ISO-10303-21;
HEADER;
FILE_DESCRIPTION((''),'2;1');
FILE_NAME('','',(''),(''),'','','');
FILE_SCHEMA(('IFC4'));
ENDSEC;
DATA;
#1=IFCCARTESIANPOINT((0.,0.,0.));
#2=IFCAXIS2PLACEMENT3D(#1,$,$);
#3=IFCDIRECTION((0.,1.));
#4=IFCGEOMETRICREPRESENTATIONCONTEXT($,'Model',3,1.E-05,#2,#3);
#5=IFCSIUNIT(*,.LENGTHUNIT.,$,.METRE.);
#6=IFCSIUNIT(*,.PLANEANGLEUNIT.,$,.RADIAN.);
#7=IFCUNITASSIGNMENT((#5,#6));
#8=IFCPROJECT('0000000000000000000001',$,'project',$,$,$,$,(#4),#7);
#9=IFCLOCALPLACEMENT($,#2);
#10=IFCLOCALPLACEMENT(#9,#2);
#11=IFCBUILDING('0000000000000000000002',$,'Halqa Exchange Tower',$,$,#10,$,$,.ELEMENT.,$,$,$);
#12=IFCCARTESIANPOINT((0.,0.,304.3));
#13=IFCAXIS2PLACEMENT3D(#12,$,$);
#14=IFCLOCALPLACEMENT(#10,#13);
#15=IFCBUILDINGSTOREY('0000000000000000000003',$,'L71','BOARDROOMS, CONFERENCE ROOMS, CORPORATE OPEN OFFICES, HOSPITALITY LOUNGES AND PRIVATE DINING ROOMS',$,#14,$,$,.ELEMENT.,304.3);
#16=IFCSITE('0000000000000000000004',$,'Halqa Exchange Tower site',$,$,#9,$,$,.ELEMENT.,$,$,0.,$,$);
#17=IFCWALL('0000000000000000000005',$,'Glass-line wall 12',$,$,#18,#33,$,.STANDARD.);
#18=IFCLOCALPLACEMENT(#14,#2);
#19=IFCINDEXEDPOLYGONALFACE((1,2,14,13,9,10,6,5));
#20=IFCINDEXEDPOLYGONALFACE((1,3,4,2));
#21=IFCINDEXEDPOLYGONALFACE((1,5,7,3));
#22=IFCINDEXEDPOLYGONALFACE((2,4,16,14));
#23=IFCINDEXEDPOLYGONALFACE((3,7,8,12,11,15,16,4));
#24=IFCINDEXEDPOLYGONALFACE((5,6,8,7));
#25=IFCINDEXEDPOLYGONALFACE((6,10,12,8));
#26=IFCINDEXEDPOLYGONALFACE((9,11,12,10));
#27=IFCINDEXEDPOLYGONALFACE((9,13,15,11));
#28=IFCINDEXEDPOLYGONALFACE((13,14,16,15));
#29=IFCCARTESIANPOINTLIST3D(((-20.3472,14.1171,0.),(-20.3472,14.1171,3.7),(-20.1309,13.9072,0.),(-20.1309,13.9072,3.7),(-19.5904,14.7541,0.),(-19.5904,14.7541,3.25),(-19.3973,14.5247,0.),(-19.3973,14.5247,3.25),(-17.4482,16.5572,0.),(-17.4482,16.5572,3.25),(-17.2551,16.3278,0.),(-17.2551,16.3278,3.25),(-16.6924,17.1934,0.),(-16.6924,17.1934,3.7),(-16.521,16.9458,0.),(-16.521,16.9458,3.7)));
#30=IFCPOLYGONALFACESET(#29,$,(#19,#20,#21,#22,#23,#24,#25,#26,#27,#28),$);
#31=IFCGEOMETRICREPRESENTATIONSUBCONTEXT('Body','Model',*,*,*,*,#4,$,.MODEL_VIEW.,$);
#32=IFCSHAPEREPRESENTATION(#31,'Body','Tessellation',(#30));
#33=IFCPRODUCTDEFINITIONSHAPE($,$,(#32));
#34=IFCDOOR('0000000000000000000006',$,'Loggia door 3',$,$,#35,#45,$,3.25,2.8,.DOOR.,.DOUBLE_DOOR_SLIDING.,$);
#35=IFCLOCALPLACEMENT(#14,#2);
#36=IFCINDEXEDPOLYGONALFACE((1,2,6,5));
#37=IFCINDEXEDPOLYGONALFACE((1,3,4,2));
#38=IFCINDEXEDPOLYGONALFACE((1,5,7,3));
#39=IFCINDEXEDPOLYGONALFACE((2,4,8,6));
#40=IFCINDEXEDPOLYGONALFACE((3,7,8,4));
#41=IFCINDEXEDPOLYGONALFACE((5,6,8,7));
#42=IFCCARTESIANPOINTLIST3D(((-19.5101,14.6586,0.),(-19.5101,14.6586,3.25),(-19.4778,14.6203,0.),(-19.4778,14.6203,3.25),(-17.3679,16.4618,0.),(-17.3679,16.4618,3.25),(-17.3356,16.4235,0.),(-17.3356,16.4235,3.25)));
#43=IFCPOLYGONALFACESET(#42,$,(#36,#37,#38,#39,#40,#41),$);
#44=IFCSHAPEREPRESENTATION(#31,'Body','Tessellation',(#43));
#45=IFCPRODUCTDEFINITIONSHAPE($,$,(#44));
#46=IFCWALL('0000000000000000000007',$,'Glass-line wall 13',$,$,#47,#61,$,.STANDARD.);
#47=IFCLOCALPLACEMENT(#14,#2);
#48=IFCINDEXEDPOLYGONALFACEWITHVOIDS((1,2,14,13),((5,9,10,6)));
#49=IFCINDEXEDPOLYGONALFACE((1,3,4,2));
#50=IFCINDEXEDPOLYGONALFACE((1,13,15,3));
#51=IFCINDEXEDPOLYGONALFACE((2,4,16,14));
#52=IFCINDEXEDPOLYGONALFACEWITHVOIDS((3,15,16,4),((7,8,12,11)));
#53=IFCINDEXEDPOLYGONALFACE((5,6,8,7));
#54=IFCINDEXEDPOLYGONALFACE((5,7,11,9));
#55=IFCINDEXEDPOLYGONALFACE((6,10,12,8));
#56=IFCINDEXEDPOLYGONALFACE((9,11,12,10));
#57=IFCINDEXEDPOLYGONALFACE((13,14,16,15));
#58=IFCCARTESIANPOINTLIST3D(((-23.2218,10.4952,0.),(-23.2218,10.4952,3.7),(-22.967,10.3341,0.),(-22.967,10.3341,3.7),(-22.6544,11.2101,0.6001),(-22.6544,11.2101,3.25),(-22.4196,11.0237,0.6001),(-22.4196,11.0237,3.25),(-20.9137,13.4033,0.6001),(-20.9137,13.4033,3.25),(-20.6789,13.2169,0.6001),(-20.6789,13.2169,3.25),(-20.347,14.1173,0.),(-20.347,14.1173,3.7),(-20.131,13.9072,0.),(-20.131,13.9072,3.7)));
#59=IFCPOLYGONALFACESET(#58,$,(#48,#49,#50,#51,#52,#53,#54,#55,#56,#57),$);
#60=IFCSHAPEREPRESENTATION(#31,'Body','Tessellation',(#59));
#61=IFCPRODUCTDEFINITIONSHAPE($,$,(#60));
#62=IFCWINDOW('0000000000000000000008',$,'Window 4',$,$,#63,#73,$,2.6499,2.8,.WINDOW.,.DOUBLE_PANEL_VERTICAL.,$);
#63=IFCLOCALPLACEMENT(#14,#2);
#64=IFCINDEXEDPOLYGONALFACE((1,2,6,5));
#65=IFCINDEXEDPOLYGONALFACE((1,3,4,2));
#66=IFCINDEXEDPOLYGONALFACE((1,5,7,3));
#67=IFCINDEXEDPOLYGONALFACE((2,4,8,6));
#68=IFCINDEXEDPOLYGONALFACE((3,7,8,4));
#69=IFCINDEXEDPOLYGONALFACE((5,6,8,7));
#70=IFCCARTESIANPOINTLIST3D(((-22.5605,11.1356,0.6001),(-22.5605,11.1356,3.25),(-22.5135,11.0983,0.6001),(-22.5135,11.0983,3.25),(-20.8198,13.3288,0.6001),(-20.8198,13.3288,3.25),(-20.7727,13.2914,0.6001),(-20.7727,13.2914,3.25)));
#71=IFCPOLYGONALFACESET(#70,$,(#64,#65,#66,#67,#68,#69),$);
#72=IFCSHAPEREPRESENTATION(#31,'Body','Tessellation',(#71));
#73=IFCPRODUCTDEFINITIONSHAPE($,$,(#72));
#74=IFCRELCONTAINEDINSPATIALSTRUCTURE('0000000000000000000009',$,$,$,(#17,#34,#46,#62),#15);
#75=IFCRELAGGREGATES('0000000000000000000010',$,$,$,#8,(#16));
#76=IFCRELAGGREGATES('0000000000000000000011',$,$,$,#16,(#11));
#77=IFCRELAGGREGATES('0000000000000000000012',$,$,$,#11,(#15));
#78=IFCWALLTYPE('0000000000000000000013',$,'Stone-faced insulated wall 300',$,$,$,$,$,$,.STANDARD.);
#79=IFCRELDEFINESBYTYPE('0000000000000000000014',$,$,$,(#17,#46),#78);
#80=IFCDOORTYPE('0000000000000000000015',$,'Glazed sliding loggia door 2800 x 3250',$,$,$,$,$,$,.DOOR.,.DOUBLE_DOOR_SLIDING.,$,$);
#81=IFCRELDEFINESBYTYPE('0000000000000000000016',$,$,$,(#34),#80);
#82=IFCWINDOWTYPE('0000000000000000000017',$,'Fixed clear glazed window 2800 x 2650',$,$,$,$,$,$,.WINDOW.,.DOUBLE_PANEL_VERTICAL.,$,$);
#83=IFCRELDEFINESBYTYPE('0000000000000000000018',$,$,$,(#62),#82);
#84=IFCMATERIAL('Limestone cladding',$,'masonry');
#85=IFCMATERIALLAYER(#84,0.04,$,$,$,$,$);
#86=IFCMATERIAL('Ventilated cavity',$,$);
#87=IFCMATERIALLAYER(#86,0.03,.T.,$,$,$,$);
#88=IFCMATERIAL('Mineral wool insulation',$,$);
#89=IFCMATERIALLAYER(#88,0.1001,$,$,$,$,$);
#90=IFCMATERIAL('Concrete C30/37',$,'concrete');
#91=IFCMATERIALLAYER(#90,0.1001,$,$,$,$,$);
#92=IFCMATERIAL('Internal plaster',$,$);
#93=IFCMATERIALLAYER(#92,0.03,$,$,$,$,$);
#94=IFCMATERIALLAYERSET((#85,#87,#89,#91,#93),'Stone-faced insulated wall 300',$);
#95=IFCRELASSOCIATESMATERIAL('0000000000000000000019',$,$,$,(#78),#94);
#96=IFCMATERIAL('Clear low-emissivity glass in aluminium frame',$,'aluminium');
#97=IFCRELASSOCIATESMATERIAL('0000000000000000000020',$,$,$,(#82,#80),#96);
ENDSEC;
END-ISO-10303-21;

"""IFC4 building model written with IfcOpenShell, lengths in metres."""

from ifc_helpers import new_model, si_unit, direction, frame, frame_2d, origin, place, context, subcontext, project, spatial, polyline, rectangle, outline, extrude, material, layer, layer_set, type_object, element, fill, save


model = new_model("IFC4")

# Units and contexts
model_context = context("Model", 3, precision=1e-05, world=origin(), true_north=direction((0.0, 1.0)))
body_context = subcontext(model_context, "Body", "Model", "MODEL_VIEW")
ifc_project = project(units=[si_unit("LENGTHUNIT", "METRE"), si_unit("PLANEANGLEUNIT", "RADIAN")], contexts=[model_context])

# Site, building, storey
site_placement = place(None, origin())
site = spatial("IfcSite", under=ifc_project, at=site_placement, Name="Halqa Exchange Tower site", CompositionType="ELEMENT", RefElevation=0.0)
building_placement = place(site_placement, origin())
building = spatial("IfcBuilding", under=site, at=building_placement, Name="Halqa Exchange Tower", CompositionType="ELEMENT")
storey_placement = place(building_placement, frame((0.0, 0.0, 304.3)))
storey = spatial("IfcBuildingStorey", under=building, at=storey_placement, Name="L71", Description="BOARDROOMS, CONFERENCE ROOMS, CORPORATE OPEN OFFICES, HOSPITALITY LOUNGES AND PRIVATE DINING ROOMS", CompositionType="ELEMENT", Elevation=304.3)

# Shared definitions
ifc_material_1 = material(Name="Limestone cladding", Category="masonry")
ifc_layer_1 = layer(ifc_material_1, 0.04)
ifc_material_2 = material(Name="Ventilated cavity")
ifc_layer_2 = layer(ifc_material_2, 0.03, ventilated=True)
ifc_material_3 = material(Name="Mineral wool insulation")
ifc_layer_3 = layer(ifc_material_3, 0.1001)
ifc_material_4 = material(Name="Concrete C30/37", Category="concrete")
ifc_layer_4 = layer(ifc_material_4, 0.1001)
ifc_material_5 = material(Name="Internal plaster")
ifc_layer_5 = layer(ifc_material_5, 0.03)
ifc_layer_set_1 = layer_set([ifc_layer_1, ifc_layer_2, ifc_layer_3, ifc_layer_4, ifc_layer_5], Name="Stone-faced insulated wall 300")
wall_type_1 = type_object("IfcWallType", Name="Stone-faced insulated wall 300", PredefinedType="STANDARD", material=ifc_layer_set_1)
ifc_material_6 = material(Name="Clear low-emissivity glass in aluminium frame", Category="aluminium")
window_type = type_object("IfcWindowType", Name="Fixed clear glazed window 2800 x 2650", PartitioningType="DOUBLE_PANEL_VERTICAL", PredefinedType="WINDOW", material=ifc_material_6)

# Wall, opening, door
wall_1_placement = place(storey_placement, frame((-16.6067, 17.0696, 0.0), z_axis=(0.0, 0.0, 1.0), x_axis=(-0.765059, -0.64396, 0.0)))
wall_1 = element("IfcWall", 1, at=wall_1_placement, inside=storey, type_object=wall_type_1, Name="Glass-line wall 12", PredefinedType="STANDARD", context=body_context, shape_type="SweptSolid", body=[
    extrude(outline(polyline([(-0.0142, -0.1499), (4.7629, -0.1499), (4.7327, 0.1499), (0.0142, 0.1499), (-0.0142, -0.1499)])), origin(), (0.0, 0.0, 1.0), 3.7),
])
opening_1_placement = place(wall_1_placement, frame((0.9739, 0.0, 0.0)))
opening_1 = element("IfcOpeningElement", 2, at=opening_1_placement, cuts=wall_1, PredefinedType="OPENING", context=body_context, shape_type="SweptSolid", body=[
    extrude(rectangle(XDim=2.8, YDim=3.25, at=frame_2d((1.3999, 1.625))), frame((0.0, 0.1621, 0.0), z_axis=(0.0, -1.0, 0.0), x_axis=(1.0, 0.0, 0.0)), (0.0, 0.0, 1.0), 0.324),
])
door_type_1 = type_object("IfcDoorType", Name="Glazed sliding loggia door 2800 x 3250", OperationType="DOUBLE_DOOR_SLIDING", PredefinedType="DOOR", material=ifc_material_6)
door_1_placement = place(opening_1_placement, origin())
door_1 = element("IfcDoor", 3, at=door_1_placement, inside=storey, type_object=door_type_1, Name="Loggia door 3", OperationType="DOUBLE_DOOR_SLIDING", OverallHeight=3.25, OverallWidth=2.8, PredefinedType="DOOR", context=body_context, shape_type="SweptSolid", body=[
    extrude(rectangle(XDim=2.8, YDim=3.25, at=frame_2d((1.3999, 1.625))), frame((0.0, 0.0249, 0.0), z_axis=(0.0, -1.0, 0.0), x_axis=(1.0, 0.0, 0.0)), (0.0, 0.0, 1.0), 0.05),
])
fill(opening_1, door_1)

# Wall, opening, window
wall_2_placement = place(storey_placement, frame((-20.239, 14.0122, 0.0), z_axis=(0.0, 0.0, 1.0), x_axis=(-0.621683, -0.783269, 0.0)))
wall_2 = element("IfcWall", 4, at=wall_2_placement, inside=storey, type_object=wall_type_1, Name="Glass-line wall 13", PredefinedType="STANDARD", context=body_context, shape_type="SweptSolid", body=[
    extrude(outline(polyline([(-0.0151, -0.1499), (4.6091, -0.1499), (4.5769, 0.1499), (0.0151, 0.1499), (-0.0151, -0.1499)])), origin(), (0.0, 0.0, 1.0), 3.7),
])
opening_2_placement = place(wall_2_placement, frame((0.8965, 0.0, 0.6001)))
opening_2 = element("IfcOpeningElement", 5, at=opening_2_placement, cuts=wall_2, PredefinedType="OPENING", context=body_context, shape_type="SweptSolid", body=[
    extrude(rectangle(XDim=2.8, YDim=2.6499, at=frame_2d((1.3999, 1.325))), frame((0.0, 0.1621, 0.0), z_axis=(0.0, -1.0, 0.0), x_axis=(1.0, 0.0, 0.0)), (0.0, 0.0, 1.0), 0.324),
])
window_1_placement = place(opening_2_placement, origin())
window_1 = element("IfcWindow", 6, at=window_1_placement, inside=storey, type_object=window_type, Name="Window 4", OverallHeight=2.6499, OverallWidth=2.8, PartitioningType="DOUBLE_PANEL_VERTICAL", PredefinedType="WINDOW", context=body_context, shape_type="SweptSolid", body=[
    extrude(rectangle(XDim=2.8, YDim=2.6499, at=frame_2d((1.3999, 1.325))), frame((0.0, 0.03, 0.0), z_axis=(0.0, -1.0, 0.0), x_axis=(1.0, 0.0, 0.0)), (0.0, 0.0, 1.0), 0.0601),
])
fill(opening_2, window_1)

save(model, "model.ifc")
